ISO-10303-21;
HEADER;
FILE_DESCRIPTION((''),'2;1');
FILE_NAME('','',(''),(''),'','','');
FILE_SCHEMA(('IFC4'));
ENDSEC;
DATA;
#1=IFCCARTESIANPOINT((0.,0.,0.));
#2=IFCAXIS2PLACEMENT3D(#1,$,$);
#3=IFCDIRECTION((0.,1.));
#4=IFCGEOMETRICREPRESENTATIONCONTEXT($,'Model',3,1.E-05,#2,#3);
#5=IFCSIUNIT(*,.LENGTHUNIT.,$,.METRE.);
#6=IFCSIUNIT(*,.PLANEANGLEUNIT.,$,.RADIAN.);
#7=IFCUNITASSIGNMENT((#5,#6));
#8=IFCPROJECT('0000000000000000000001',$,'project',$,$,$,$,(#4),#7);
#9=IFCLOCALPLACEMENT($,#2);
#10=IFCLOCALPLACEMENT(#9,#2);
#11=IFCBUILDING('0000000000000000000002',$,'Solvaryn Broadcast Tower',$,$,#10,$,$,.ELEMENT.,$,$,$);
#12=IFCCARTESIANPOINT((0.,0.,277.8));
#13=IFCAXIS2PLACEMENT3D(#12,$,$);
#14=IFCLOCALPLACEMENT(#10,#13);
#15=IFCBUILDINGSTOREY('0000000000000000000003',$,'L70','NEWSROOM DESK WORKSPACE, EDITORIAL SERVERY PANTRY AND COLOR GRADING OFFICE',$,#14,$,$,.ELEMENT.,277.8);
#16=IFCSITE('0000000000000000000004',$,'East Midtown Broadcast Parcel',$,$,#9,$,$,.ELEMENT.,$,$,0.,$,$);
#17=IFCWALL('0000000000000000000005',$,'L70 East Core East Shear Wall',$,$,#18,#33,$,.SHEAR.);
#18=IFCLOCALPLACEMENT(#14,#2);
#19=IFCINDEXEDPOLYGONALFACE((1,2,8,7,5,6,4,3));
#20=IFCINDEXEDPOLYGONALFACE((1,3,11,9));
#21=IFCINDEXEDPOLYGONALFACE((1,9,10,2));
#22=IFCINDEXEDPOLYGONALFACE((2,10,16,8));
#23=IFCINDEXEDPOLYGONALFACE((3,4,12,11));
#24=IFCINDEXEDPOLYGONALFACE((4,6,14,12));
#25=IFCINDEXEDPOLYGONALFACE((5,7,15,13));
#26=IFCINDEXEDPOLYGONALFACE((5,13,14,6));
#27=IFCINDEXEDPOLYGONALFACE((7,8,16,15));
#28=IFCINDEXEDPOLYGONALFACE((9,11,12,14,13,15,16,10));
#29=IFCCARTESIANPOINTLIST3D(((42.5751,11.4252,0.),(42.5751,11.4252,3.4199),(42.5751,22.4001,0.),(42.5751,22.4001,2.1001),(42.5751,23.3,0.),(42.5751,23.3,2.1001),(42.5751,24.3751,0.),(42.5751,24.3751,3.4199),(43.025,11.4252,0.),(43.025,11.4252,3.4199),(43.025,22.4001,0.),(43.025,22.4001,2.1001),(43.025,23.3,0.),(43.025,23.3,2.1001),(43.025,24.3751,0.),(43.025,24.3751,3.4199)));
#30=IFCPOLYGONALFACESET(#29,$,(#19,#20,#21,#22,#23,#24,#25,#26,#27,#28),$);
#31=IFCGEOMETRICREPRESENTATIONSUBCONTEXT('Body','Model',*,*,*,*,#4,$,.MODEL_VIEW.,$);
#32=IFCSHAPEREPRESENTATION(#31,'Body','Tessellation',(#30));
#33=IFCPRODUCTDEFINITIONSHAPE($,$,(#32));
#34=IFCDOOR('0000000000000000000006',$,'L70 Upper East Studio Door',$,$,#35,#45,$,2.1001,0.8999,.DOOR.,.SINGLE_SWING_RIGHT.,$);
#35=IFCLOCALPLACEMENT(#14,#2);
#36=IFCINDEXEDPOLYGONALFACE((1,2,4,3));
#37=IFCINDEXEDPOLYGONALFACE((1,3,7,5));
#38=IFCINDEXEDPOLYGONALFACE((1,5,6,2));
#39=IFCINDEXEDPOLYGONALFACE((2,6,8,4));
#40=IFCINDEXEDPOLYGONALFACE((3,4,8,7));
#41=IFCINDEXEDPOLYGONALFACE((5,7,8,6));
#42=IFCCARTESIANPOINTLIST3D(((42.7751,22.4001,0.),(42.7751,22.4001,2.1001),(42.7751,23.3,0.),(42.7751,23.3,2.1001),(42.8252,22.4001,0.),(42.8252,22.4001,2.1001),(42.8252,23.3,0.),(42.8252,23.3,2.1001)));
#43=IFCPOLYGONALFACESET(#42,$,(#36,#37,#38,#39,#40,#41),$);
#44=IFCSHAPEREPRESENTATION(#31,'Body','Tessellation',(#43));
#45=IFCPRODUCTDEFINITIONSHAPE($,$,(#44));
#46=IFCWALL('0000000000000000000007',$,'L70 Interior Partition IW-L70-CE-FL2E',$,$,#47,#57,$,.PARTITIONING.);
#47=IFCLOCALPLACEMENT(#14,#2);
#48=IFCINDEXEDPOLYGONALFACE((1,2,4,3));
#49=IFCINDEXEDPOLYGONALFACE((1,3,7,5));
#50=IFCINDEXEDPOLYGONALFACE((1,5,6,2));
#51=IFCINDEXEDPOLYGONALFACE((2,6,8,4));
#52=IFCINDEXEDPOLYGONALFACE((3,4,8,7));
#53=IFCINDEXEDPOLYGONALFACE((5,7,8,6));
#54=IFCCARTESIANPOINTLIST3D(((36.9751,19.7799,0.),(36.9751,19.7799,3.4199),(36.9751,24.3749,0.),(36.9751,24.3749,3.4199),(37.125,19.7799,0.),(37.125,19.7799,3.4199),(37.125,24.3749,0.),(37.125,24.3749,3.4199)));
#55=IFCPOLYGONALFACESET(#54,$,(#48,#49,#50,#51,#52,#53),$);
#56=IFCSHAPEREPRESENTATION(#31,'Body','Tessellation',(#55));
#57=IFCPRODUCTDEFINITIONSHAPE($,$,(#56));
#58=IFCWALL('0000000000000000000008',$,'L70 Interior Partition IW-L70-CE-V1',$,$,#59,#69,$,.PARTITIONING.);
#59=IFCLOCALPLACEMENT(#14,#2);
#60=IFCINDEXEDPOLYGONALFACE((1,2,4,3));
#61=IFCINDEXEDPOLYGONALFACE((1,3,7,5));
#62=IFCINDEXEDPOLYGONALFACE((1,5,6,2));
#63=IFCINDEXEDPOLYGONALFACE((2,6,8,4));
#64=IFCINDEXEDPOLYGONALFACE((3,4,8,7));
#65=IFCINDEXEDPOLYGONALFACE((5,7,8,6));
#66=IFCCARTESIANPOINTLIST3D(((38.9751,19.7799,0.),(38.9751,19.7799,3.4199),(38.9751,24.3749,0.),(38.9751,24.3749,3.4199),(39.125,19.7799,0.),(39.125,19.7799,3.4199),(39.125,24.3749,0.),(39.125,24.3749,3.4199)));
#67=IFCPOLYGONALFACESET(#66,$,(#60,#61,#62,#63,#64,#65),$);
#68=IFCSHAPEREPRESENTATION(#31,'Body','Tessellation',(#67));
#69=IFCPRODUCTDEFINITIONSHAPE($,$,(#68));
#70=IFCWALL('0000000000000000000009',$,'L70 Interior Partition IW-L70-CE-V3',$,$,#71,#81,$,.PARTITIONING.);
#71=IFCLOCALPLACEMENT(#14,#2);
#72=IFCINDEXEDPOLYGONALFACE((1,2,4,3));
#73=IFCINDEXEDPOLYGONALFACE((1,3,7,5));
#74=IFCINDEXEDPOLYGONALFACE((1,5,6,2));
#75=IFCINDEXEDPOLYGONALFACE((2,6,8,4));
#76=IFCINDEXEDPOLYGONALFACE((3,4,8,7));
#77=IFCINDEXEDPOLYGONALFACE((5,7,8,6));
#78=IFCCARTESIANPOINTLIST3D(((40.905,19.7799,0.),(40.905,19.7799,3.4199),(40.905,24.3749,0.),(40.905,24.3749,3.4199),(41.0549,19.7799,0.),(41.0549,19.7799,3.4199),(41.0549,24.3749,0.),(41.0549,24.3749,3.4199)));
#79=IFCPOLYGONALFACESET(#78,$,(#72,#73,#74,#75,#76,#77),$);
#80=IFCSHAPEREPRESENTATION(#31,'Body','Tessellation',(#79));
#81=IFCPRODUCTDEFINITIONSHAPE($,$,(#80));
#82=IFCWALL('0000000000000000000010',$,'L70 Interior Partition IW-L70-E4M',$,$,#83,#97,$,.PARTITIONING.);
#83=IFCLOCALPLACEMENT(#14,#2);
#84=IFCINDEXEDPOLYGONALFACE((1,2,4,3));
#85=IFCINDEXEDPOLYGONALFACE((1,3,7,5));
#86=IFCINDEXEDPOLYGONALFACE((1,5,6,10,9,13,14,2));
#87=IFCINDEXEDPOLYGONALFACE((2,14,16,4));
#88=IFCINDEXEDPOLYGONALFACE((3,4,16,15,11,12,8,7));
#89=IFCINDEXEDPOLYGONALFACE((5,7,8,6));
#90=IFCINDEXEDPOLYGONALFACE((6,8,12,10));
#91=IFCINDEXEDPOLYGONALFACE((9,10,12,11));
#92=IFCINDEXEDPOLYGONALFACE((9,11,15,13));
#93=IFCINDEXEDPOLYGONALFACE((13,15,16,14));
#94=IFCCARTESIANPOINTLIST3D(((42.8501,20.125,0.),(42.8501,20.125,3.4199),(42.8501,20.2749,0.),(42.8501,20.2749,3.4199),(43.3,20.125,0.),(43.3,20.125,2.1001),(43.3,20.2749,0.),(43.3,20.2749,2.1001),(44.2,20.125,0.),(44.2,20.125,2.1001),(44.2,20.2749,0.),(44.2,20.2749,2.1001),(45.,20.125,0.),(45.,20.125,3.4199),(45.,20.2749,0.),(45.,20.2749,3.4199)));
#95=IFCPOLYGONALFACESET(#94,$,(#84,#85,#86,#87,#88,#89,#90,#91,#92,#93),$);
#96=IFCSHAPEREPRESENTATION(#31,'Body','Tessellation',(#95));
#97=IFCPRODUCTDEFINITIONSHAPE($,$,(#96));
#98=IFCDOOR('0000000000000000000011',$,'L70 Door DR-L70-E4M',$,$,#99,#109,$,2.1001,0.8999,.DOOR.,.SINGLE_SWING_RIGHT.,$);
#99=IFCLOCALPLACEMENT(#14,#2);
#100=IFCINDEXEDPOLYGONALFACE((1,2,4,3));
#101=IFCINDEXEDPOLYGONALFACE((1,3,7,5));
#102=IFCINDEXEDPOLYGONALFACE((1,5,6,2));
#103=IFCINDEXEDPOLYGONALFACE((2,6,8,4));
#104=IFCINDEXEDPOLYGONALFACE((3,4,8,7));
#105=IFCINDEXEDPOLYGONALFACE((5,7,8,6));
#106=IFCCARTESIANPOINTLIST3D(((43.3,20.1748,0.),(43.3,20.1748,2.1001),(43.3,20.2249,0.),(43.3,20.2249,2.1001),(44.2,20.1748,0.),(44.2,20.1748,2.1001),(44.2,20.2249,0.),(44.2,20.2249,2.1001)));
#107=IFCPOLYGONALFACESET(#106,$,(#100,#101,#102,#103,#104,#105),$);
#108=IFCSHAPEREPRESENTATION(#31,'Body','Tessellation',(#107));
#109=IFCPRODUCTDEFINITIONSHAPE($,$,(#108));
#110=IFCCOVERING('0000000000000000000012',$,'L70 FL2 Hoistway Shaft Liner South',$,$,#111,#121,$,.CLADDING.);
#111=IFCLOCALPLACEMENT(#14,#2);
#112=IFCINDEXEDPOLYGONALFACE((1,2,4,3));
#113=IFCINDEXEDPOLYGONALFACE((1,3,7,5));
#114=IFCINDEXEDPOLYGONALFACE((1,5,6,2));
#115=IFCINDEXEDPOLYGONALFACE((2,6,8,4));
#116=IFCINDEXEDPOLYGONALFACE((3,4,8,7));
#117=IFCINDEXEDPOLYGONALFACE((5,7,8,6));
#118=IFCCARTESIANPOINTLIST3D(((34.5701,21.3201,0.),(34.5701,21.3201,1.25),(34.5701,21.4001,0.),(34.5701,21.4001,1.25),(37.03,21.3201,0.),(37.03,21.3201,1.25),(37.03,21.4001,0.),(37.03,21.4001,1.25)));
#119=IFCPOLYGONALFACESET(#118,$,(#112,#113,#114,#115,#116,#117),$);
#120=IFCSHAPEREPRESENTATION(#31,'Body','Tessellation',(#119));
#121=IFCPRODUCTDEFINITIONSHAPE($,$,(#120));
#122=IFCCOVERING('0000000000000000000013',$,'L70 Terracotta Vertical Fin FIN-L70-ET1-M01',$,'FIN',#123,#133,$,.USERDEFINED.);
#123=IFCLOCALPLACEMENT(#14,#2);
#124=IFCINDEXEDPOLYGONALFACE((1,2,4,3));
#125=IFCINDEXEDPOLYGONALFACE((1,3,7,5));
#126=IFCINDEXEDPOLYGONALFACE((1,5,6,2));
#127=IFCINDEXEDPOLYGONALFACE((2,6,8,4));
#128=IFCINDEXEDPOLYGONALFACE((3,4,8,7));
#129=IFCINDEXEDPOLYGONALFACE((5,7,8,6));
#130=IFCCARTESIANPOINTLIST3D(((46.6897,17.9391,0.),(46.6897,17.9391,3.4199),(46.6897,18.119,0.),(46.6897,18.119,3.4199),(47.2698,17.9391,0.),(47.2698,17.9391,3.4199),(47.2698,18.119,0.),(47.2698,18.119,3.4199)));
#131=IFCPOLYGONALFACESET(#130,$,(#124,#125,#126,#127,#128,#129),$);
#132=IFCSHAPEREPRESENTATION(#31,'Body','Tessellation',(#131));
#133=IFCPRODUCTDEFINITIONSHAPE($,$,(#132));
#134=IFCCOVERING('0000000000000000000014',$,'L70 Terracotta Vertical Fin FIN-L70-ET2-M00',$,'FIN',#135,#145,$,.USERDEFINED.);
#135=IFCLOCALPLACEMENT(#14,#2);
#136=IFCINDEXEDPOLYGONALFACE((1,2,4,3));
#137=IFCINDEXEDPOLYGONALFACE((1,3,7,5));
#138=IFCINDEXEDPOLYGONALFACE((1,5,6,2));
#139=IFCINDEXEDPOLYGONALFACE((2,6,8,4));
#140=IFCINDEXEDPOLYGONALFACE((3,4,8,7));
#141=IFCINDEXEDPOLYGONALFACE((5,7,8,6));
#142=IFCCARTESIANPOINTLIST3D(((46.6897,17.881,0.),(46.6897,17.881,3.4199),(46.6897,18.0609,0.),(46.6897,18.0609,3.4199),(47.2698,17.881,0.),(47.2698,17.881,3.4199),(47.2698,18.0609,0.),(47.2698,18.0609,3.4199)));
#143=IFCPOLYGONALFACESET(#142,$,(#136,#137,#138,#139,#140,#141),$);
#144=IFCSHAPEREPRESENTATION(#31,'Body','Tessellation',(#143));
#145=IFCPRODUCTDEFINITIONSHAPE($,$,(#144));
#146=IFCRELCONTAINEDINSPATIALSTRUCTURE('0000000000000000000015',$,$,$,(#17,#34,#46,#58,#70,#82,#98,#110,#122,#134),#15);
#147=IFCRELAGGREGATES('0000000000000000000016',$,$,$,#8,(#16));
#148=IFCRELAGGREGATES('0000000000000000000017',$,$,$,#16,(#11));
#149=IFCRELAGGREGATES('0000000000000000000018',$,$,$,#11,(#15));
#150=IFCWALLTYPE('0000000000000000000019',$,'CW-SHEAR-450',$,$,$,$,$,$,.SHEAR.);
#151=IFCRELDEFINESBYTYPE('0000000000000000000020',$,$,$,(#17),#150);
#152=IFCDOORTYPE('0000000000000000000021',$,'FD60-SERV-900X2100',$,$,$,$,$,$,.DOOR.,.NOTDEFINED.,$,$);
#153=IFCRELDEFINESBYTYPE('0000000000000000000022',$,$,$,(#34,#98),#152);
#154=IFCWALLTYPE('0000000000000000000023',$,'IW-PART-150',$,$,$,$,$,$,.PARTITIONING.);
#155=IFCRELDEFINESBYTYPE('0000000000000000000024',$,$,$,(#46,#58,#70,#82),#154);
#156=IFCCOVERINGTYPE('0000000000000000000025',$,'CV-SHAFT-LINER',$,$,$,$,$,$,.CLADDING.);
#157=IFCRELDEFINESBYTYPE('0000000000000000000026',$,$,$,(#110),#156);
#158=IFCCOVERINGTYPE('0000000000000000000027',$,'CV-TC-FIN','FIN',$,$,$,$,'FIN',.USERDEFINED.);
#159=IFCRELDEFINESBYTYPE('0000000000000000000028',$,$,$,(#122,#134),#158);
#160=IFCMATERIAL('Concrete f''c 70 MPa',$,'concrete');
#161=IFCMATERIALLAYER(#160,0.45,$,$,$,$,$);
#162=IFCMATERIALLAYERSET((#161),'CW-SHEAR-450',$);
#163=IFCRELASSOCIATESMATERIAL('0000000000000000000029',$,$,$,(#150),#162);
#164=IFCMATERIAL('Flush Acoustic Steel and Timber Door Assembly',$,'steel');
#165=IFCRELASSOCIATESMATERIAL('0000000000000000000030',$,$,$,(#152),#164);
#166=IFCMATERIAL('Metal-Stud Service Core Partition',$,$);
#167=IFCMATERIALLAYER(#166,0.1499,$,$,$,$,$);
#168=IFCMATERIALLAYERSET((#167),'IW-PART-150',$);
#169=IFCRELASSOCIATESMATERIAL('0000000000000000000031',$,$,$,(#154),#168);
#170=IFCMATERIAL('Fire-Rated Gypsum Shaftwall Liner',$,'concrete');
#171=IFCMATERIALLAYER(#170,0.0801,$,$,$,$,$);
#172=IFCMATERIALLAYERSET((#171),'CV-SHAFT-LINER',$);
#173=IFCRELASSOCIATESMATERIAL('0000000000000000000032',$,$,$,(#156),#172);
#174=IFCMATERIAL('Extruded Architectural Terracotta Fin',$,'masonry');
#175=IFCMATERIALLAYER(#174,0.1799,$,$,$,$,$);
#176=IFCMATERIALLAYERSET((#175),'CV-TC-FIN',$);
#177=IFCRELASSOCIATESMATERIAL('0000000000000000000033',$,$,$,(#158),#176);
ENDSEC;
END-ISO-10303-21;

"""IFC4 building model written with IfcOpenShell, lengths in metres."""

from ifc_helpers import new_model, si_unit, direction, frame, frame_2d, origin, origin_2d, place, context, subcontext, project, spatial, rectangle, extrude, material, layer, layer_set, type_object, element, fill, save


model = new_model("IFC4")

# Units and contexts
model_context = context("Model", 3, precision=1e-05, world=origin(), true_north=direction((0.0, 1.0)))
body_context = subcontext(model_context, "Body", "Model", "MODEL_VIEW")
ifc_project = project(units=[si_unit("LENGTHUNIT", "METRE"), si_unit("PLANEANGLEUNIT", "RADIAN")], contexts=[model_context])

# Site, building, storey
site_placement = place(None, origin())
site = spatial("IfcSite", under=ifc_project, at=site_placement, Name="East Midtown Broadcast Parcel", CompositionType="ELEMENT", RefElevation=0.0)
building_placement = place(site_placement, origin())
building = spatial("IfcBuilding", under=site, at=building_placement, Name="Solvaryn Broadcast Tower", CompositionType="ELEMENT")
storey_placement = place(building_placement, frame((0.0, 0.0, 277.8)))
storey = spatial("IfcBuildingStorey", under=building, at=storey_placement, Name="L70", Description="NEWSROOM DESK WORKSPACE, EDITORIAL SERVERY PANTRY AND COLOR GRADING OFFICE", CompositionType="ELEMENT", Elevation=277.8)

# Wall, opening, door
ifc_material_1 = material(Name="Concrete f'c 70 MPa", Category="concrete")
ifc_layer_1 = layer(ifc_material_1, 0.45)
ifc_layer_set_1 = layer_set([ifc_layer_1], Name="CW-SHEAR-450")
wall_type_1 = type_object("IfcWallType", Name="CW-SHEAR-450", PredefinedType="SHEAR", material=ifc_layer_set_1)
wall_1_placement = place(storey_placement, frame((42.8, 11.425, 0.0), z_axis=(0.0, 0.0, 1.0), x_axis=(0.0, 1.0, 0.0)))
wall_1 = element("IfcWall", 1, at=wall_1_placement, inside=storey, type_object=wall_type_1, Name="L70 East Core East Shear Wall", PredefinedType="SHEAR", context=body_context, shape_type="SweptSolid", body=[
    extrude(rectangle(XDim=12.95, YDim=0.45, at=frame_2d((6.4751, 0.0))), origin(), (0.0, 0.0, 1.0), 3.4199),
])
opening_1_placement = place(wall_1_placement, frame((10.9751, 0.0, 0.0)))
opening_1 = element("IfcOpeningElement", 2, at=opening_1_placement, cuts=wall_1, PredefinedType="OPENING", context=body_context, shape_type="SweptSolid", body=[
    extrude(rectangle(XDim=0.8999, YDim=2.1001, at=frame_2d((0.45, 1.05))), frame((0.0, 0.2351, 0.0), z_axis=(0.0, -1.0, 0.0), x_axis=(1.0, 0.0, 0.0)), (0.0, 0.0, 1.0), 0.47),
])
ifc_material_2 = material(Name="Flush Acoustic Steel and Timber Door Assembly", Category="steel")
door_type = type_object("IfcDoorType", Name="FD60-SERV-900X2100", OperationType="NOTDEFINED", PredefinedType="DOOR", material=ifc_material_2)
door_1_placement = place(opening_1_placement, origin())
door_1 = element("IfcDoor", 3, at=door_1_placement, inside=storey, type_object=door_type, Name="L70 Upper East Studio Door", OperationType="SINGLE_SWING_RIGHT", OverallHeight=2.1001, OverallWidth=0.8999, PredefinedType="DOOR", context=body_context, shape_type="SweptSolid", body=[
    extrude(rectangle(XDim=0.8999, YDim=2.1001, at=frame_2d((0.45, 1.05))), frame((0.0, 0.0249, 0.0), z_axis=(0.0, -1.0, 0.0), x_axis=(1.0, 0.0, 0.0)), (0.0, 0.0, 1.0), 0.05),
])
fill(opening_1, door_1)

# Walls
ifc_material_3 = material(Name="Metal-Stud Service Core Partition")
ifc_layer_2 = layer(ifc_material_3, 0.1499)
ifc_layer_set_2 = layer_set([ifc_layer_2], Name="IW-PART-150")
wall_type_2 = type_object("IfcWallType", Name="IW-PART-150", PredefinedType="PARTITIONING", material=ifc_layer_set_2)
for number, where, z_axis, x_axis, name in (
    (4, (37.05, 19.78, 0.0), (0.0, 0.0, 1.0), (0.0, 1.0, 0.0), "L70 Interior Partition IW-L70-CE-FL2E"),
    (5, (39.05, 19.78, 0.0), (0.0, 0.0, 1.0), (0.0, 1.0, 0.0), "L70 Interior Partition IW-L70-CE-V1"),
    (6, (40.98, 19.78, 0.0), (0.0, 0.0, 1.0), (0.0, 1.0, 0.0), "L70 Interior Partition IW-L70-CE-V3"),
):
    element("IfcWall", number, at=place(storey_placement, frame(where, z_axis=z_axis, x_axis=x_axis)), inside=storey, type_object=wall_type_2, Name=name, PredefinedType="PARTITIONING", context=body_context, shape_type="SweptSolid", body=[
        extrude(rectangle(XDim=4.595, YDim=0.1499, at=frame_2d((2.2974, 0.0))), origin(), (0.0, 0.0, 1.0), 3.4199),
    ])

# Wall, opening, door
wall_2_placement = place(storey_placement, frame((42.8501, 20.2, 0.0), z_axis=(0.0, 0.0, 1.0), x_axis=(1.0, 0.0, 0.0)))
wall_2 = element("IfcWall", 7, at=wall_2_placement, inside=storey, type_object=wall_type_2, Name="L70 Interior Partition IW-L70-E4M", PredefinedType="PARTITIONING", context=body_context, shape_type="SweptSolid", body=[
    extrude(rectangle(XDim=2.1499, YDim=0.1499, at=frame_2d((1.075, 0.0))), origin(), (0.0, 0.0, 1.0), 3.4199),
])
opening_2_placement = place(wall_2_placement, frame((0.45, 0.0, 0.0)))
opening_2 = element("IfcOpeningElement", 8, at=opening_2_placement, cuts=wall_2, PredefinedType="OPENING", context=body_context, shape_type="SweptSolid", body=[
    extrude(rectangle(XDim=0.8999, YDim=2.1001, at=frame_2d((0.45, 1.05))), frame((0.0, 0.085, 0.0), z_axis=(0.0, -1.0, 0.0), x_axis=(1.0, 0.0, 0.0)), (0.0, 0.0, 1.0), 0.1699),
])
door_2_placement = place(opening_2_placement, origin())
door_2 = element("IfcDoor", 9, at=door_2_placement, inside=storey, type_object=door_type, Name="L70 Door DR-L70-E4M", OperationType="SINGLE_SWING_RIGHT", OverallHeight=2.1001, OverallWidth=0.8999, PredefinedType="DOOR", context=body_context, shape_type="SweptSolid", body=[
    extrude(rectangle(XDim=0.8999, YDim=2.1001, at=frame_2d((0.45, 1.05))), frame((0.0, 0.0249, 0.0), z_axis=(0.0, -1.0, 0.0), x_axis=(1.0, 0.0, 0.0)), (0.0, 0.0, 1.0), 0.05),
])
fill(opening_2, door_2)

# Coverings
ifc_material_4 = material(Name="Fire-Rated Gypsum Shaftwall Liner", Category="concrete")
ifc_layer_3 = layer(ifc_material_4, 0.0801)
ifc_layer_set_3 = layer_set([ifc_layer_3], Name="CV-SHAFT-LINER")
covering_type_1 = type_object("IfcCoveringType", Name="CV-SHAFT-LINER", PredefinedType="CLADDING", material=ifc_layer_set_3)
covering_placement = place(storey_placement, frame((35.8, 21.3601, 0.0), z_axis=(0.0, 0.0, 1.0), x_axis=(1.0, 0.0, 0.0)))
element("IfcCovering", 10, at=covering_placement, inside=storey, type_object=covering_type_1, Name="L70 FL2 Hoistway Shaft Liner South", PredefinedType="CLADDING", context=body_context, shape_type="SweptSolid", body=[
    extrude(rectangle(XDim=2.46, YDim=0.0801, at=origin_2d()), origin(), (0.0, 0.0, 1.0), 1.25),
])
ifc_material_5 = material(Name="Extruded Architectural Terracotta Fin", Category="masonry")
ifc_layer_4 = layer(ifc_material_5, 0.1799)
ifc_layer_set_4 = layer_set([ifc_layer_4], Name="CV-TC-FIN")
covering_type_2 = type_object("IfcCoveringType", Name="CV-TC-FIN", Description="FIN", ElementType="FIN", PredefinedType="USERDEFINED", material=ifc_layer_set_4)
for number, where, z_axis, x_axis, name in (
    (11, (46.9797, 18.0291, 0.0), (0.0, 0.0, 1.0), (1.0, 0.0, 0.0), "L70 Terracotta Vertical Fin FIN-L70-ET1-M01"),
    (12, (46.9797, 17.9709, 0.0), (0.0, 0.0, 1.0), (1.0, 0.0, 0.0), "L70 Terracotta Vertical Fin FIN-L70-ET2-M00"),
):
    element("IfcCovering", number, at=place(storey_placement, frame(where, z_axis=z_axis, x_axis=x_axis)), inside=storey, type_object=covering_type_2, Name=name, ObjectType="FIN", PredefinedType="USERDEFINED", context=body_context, shape_type="SweptSolid", body=[
        extrude(rectangle(XDim=0.5801, YDim=0.1799, at=origin_2d()), origin(), (0.0, 0.0, 1.0), 3.4199),
    ])

save(model, "model.ifc")
